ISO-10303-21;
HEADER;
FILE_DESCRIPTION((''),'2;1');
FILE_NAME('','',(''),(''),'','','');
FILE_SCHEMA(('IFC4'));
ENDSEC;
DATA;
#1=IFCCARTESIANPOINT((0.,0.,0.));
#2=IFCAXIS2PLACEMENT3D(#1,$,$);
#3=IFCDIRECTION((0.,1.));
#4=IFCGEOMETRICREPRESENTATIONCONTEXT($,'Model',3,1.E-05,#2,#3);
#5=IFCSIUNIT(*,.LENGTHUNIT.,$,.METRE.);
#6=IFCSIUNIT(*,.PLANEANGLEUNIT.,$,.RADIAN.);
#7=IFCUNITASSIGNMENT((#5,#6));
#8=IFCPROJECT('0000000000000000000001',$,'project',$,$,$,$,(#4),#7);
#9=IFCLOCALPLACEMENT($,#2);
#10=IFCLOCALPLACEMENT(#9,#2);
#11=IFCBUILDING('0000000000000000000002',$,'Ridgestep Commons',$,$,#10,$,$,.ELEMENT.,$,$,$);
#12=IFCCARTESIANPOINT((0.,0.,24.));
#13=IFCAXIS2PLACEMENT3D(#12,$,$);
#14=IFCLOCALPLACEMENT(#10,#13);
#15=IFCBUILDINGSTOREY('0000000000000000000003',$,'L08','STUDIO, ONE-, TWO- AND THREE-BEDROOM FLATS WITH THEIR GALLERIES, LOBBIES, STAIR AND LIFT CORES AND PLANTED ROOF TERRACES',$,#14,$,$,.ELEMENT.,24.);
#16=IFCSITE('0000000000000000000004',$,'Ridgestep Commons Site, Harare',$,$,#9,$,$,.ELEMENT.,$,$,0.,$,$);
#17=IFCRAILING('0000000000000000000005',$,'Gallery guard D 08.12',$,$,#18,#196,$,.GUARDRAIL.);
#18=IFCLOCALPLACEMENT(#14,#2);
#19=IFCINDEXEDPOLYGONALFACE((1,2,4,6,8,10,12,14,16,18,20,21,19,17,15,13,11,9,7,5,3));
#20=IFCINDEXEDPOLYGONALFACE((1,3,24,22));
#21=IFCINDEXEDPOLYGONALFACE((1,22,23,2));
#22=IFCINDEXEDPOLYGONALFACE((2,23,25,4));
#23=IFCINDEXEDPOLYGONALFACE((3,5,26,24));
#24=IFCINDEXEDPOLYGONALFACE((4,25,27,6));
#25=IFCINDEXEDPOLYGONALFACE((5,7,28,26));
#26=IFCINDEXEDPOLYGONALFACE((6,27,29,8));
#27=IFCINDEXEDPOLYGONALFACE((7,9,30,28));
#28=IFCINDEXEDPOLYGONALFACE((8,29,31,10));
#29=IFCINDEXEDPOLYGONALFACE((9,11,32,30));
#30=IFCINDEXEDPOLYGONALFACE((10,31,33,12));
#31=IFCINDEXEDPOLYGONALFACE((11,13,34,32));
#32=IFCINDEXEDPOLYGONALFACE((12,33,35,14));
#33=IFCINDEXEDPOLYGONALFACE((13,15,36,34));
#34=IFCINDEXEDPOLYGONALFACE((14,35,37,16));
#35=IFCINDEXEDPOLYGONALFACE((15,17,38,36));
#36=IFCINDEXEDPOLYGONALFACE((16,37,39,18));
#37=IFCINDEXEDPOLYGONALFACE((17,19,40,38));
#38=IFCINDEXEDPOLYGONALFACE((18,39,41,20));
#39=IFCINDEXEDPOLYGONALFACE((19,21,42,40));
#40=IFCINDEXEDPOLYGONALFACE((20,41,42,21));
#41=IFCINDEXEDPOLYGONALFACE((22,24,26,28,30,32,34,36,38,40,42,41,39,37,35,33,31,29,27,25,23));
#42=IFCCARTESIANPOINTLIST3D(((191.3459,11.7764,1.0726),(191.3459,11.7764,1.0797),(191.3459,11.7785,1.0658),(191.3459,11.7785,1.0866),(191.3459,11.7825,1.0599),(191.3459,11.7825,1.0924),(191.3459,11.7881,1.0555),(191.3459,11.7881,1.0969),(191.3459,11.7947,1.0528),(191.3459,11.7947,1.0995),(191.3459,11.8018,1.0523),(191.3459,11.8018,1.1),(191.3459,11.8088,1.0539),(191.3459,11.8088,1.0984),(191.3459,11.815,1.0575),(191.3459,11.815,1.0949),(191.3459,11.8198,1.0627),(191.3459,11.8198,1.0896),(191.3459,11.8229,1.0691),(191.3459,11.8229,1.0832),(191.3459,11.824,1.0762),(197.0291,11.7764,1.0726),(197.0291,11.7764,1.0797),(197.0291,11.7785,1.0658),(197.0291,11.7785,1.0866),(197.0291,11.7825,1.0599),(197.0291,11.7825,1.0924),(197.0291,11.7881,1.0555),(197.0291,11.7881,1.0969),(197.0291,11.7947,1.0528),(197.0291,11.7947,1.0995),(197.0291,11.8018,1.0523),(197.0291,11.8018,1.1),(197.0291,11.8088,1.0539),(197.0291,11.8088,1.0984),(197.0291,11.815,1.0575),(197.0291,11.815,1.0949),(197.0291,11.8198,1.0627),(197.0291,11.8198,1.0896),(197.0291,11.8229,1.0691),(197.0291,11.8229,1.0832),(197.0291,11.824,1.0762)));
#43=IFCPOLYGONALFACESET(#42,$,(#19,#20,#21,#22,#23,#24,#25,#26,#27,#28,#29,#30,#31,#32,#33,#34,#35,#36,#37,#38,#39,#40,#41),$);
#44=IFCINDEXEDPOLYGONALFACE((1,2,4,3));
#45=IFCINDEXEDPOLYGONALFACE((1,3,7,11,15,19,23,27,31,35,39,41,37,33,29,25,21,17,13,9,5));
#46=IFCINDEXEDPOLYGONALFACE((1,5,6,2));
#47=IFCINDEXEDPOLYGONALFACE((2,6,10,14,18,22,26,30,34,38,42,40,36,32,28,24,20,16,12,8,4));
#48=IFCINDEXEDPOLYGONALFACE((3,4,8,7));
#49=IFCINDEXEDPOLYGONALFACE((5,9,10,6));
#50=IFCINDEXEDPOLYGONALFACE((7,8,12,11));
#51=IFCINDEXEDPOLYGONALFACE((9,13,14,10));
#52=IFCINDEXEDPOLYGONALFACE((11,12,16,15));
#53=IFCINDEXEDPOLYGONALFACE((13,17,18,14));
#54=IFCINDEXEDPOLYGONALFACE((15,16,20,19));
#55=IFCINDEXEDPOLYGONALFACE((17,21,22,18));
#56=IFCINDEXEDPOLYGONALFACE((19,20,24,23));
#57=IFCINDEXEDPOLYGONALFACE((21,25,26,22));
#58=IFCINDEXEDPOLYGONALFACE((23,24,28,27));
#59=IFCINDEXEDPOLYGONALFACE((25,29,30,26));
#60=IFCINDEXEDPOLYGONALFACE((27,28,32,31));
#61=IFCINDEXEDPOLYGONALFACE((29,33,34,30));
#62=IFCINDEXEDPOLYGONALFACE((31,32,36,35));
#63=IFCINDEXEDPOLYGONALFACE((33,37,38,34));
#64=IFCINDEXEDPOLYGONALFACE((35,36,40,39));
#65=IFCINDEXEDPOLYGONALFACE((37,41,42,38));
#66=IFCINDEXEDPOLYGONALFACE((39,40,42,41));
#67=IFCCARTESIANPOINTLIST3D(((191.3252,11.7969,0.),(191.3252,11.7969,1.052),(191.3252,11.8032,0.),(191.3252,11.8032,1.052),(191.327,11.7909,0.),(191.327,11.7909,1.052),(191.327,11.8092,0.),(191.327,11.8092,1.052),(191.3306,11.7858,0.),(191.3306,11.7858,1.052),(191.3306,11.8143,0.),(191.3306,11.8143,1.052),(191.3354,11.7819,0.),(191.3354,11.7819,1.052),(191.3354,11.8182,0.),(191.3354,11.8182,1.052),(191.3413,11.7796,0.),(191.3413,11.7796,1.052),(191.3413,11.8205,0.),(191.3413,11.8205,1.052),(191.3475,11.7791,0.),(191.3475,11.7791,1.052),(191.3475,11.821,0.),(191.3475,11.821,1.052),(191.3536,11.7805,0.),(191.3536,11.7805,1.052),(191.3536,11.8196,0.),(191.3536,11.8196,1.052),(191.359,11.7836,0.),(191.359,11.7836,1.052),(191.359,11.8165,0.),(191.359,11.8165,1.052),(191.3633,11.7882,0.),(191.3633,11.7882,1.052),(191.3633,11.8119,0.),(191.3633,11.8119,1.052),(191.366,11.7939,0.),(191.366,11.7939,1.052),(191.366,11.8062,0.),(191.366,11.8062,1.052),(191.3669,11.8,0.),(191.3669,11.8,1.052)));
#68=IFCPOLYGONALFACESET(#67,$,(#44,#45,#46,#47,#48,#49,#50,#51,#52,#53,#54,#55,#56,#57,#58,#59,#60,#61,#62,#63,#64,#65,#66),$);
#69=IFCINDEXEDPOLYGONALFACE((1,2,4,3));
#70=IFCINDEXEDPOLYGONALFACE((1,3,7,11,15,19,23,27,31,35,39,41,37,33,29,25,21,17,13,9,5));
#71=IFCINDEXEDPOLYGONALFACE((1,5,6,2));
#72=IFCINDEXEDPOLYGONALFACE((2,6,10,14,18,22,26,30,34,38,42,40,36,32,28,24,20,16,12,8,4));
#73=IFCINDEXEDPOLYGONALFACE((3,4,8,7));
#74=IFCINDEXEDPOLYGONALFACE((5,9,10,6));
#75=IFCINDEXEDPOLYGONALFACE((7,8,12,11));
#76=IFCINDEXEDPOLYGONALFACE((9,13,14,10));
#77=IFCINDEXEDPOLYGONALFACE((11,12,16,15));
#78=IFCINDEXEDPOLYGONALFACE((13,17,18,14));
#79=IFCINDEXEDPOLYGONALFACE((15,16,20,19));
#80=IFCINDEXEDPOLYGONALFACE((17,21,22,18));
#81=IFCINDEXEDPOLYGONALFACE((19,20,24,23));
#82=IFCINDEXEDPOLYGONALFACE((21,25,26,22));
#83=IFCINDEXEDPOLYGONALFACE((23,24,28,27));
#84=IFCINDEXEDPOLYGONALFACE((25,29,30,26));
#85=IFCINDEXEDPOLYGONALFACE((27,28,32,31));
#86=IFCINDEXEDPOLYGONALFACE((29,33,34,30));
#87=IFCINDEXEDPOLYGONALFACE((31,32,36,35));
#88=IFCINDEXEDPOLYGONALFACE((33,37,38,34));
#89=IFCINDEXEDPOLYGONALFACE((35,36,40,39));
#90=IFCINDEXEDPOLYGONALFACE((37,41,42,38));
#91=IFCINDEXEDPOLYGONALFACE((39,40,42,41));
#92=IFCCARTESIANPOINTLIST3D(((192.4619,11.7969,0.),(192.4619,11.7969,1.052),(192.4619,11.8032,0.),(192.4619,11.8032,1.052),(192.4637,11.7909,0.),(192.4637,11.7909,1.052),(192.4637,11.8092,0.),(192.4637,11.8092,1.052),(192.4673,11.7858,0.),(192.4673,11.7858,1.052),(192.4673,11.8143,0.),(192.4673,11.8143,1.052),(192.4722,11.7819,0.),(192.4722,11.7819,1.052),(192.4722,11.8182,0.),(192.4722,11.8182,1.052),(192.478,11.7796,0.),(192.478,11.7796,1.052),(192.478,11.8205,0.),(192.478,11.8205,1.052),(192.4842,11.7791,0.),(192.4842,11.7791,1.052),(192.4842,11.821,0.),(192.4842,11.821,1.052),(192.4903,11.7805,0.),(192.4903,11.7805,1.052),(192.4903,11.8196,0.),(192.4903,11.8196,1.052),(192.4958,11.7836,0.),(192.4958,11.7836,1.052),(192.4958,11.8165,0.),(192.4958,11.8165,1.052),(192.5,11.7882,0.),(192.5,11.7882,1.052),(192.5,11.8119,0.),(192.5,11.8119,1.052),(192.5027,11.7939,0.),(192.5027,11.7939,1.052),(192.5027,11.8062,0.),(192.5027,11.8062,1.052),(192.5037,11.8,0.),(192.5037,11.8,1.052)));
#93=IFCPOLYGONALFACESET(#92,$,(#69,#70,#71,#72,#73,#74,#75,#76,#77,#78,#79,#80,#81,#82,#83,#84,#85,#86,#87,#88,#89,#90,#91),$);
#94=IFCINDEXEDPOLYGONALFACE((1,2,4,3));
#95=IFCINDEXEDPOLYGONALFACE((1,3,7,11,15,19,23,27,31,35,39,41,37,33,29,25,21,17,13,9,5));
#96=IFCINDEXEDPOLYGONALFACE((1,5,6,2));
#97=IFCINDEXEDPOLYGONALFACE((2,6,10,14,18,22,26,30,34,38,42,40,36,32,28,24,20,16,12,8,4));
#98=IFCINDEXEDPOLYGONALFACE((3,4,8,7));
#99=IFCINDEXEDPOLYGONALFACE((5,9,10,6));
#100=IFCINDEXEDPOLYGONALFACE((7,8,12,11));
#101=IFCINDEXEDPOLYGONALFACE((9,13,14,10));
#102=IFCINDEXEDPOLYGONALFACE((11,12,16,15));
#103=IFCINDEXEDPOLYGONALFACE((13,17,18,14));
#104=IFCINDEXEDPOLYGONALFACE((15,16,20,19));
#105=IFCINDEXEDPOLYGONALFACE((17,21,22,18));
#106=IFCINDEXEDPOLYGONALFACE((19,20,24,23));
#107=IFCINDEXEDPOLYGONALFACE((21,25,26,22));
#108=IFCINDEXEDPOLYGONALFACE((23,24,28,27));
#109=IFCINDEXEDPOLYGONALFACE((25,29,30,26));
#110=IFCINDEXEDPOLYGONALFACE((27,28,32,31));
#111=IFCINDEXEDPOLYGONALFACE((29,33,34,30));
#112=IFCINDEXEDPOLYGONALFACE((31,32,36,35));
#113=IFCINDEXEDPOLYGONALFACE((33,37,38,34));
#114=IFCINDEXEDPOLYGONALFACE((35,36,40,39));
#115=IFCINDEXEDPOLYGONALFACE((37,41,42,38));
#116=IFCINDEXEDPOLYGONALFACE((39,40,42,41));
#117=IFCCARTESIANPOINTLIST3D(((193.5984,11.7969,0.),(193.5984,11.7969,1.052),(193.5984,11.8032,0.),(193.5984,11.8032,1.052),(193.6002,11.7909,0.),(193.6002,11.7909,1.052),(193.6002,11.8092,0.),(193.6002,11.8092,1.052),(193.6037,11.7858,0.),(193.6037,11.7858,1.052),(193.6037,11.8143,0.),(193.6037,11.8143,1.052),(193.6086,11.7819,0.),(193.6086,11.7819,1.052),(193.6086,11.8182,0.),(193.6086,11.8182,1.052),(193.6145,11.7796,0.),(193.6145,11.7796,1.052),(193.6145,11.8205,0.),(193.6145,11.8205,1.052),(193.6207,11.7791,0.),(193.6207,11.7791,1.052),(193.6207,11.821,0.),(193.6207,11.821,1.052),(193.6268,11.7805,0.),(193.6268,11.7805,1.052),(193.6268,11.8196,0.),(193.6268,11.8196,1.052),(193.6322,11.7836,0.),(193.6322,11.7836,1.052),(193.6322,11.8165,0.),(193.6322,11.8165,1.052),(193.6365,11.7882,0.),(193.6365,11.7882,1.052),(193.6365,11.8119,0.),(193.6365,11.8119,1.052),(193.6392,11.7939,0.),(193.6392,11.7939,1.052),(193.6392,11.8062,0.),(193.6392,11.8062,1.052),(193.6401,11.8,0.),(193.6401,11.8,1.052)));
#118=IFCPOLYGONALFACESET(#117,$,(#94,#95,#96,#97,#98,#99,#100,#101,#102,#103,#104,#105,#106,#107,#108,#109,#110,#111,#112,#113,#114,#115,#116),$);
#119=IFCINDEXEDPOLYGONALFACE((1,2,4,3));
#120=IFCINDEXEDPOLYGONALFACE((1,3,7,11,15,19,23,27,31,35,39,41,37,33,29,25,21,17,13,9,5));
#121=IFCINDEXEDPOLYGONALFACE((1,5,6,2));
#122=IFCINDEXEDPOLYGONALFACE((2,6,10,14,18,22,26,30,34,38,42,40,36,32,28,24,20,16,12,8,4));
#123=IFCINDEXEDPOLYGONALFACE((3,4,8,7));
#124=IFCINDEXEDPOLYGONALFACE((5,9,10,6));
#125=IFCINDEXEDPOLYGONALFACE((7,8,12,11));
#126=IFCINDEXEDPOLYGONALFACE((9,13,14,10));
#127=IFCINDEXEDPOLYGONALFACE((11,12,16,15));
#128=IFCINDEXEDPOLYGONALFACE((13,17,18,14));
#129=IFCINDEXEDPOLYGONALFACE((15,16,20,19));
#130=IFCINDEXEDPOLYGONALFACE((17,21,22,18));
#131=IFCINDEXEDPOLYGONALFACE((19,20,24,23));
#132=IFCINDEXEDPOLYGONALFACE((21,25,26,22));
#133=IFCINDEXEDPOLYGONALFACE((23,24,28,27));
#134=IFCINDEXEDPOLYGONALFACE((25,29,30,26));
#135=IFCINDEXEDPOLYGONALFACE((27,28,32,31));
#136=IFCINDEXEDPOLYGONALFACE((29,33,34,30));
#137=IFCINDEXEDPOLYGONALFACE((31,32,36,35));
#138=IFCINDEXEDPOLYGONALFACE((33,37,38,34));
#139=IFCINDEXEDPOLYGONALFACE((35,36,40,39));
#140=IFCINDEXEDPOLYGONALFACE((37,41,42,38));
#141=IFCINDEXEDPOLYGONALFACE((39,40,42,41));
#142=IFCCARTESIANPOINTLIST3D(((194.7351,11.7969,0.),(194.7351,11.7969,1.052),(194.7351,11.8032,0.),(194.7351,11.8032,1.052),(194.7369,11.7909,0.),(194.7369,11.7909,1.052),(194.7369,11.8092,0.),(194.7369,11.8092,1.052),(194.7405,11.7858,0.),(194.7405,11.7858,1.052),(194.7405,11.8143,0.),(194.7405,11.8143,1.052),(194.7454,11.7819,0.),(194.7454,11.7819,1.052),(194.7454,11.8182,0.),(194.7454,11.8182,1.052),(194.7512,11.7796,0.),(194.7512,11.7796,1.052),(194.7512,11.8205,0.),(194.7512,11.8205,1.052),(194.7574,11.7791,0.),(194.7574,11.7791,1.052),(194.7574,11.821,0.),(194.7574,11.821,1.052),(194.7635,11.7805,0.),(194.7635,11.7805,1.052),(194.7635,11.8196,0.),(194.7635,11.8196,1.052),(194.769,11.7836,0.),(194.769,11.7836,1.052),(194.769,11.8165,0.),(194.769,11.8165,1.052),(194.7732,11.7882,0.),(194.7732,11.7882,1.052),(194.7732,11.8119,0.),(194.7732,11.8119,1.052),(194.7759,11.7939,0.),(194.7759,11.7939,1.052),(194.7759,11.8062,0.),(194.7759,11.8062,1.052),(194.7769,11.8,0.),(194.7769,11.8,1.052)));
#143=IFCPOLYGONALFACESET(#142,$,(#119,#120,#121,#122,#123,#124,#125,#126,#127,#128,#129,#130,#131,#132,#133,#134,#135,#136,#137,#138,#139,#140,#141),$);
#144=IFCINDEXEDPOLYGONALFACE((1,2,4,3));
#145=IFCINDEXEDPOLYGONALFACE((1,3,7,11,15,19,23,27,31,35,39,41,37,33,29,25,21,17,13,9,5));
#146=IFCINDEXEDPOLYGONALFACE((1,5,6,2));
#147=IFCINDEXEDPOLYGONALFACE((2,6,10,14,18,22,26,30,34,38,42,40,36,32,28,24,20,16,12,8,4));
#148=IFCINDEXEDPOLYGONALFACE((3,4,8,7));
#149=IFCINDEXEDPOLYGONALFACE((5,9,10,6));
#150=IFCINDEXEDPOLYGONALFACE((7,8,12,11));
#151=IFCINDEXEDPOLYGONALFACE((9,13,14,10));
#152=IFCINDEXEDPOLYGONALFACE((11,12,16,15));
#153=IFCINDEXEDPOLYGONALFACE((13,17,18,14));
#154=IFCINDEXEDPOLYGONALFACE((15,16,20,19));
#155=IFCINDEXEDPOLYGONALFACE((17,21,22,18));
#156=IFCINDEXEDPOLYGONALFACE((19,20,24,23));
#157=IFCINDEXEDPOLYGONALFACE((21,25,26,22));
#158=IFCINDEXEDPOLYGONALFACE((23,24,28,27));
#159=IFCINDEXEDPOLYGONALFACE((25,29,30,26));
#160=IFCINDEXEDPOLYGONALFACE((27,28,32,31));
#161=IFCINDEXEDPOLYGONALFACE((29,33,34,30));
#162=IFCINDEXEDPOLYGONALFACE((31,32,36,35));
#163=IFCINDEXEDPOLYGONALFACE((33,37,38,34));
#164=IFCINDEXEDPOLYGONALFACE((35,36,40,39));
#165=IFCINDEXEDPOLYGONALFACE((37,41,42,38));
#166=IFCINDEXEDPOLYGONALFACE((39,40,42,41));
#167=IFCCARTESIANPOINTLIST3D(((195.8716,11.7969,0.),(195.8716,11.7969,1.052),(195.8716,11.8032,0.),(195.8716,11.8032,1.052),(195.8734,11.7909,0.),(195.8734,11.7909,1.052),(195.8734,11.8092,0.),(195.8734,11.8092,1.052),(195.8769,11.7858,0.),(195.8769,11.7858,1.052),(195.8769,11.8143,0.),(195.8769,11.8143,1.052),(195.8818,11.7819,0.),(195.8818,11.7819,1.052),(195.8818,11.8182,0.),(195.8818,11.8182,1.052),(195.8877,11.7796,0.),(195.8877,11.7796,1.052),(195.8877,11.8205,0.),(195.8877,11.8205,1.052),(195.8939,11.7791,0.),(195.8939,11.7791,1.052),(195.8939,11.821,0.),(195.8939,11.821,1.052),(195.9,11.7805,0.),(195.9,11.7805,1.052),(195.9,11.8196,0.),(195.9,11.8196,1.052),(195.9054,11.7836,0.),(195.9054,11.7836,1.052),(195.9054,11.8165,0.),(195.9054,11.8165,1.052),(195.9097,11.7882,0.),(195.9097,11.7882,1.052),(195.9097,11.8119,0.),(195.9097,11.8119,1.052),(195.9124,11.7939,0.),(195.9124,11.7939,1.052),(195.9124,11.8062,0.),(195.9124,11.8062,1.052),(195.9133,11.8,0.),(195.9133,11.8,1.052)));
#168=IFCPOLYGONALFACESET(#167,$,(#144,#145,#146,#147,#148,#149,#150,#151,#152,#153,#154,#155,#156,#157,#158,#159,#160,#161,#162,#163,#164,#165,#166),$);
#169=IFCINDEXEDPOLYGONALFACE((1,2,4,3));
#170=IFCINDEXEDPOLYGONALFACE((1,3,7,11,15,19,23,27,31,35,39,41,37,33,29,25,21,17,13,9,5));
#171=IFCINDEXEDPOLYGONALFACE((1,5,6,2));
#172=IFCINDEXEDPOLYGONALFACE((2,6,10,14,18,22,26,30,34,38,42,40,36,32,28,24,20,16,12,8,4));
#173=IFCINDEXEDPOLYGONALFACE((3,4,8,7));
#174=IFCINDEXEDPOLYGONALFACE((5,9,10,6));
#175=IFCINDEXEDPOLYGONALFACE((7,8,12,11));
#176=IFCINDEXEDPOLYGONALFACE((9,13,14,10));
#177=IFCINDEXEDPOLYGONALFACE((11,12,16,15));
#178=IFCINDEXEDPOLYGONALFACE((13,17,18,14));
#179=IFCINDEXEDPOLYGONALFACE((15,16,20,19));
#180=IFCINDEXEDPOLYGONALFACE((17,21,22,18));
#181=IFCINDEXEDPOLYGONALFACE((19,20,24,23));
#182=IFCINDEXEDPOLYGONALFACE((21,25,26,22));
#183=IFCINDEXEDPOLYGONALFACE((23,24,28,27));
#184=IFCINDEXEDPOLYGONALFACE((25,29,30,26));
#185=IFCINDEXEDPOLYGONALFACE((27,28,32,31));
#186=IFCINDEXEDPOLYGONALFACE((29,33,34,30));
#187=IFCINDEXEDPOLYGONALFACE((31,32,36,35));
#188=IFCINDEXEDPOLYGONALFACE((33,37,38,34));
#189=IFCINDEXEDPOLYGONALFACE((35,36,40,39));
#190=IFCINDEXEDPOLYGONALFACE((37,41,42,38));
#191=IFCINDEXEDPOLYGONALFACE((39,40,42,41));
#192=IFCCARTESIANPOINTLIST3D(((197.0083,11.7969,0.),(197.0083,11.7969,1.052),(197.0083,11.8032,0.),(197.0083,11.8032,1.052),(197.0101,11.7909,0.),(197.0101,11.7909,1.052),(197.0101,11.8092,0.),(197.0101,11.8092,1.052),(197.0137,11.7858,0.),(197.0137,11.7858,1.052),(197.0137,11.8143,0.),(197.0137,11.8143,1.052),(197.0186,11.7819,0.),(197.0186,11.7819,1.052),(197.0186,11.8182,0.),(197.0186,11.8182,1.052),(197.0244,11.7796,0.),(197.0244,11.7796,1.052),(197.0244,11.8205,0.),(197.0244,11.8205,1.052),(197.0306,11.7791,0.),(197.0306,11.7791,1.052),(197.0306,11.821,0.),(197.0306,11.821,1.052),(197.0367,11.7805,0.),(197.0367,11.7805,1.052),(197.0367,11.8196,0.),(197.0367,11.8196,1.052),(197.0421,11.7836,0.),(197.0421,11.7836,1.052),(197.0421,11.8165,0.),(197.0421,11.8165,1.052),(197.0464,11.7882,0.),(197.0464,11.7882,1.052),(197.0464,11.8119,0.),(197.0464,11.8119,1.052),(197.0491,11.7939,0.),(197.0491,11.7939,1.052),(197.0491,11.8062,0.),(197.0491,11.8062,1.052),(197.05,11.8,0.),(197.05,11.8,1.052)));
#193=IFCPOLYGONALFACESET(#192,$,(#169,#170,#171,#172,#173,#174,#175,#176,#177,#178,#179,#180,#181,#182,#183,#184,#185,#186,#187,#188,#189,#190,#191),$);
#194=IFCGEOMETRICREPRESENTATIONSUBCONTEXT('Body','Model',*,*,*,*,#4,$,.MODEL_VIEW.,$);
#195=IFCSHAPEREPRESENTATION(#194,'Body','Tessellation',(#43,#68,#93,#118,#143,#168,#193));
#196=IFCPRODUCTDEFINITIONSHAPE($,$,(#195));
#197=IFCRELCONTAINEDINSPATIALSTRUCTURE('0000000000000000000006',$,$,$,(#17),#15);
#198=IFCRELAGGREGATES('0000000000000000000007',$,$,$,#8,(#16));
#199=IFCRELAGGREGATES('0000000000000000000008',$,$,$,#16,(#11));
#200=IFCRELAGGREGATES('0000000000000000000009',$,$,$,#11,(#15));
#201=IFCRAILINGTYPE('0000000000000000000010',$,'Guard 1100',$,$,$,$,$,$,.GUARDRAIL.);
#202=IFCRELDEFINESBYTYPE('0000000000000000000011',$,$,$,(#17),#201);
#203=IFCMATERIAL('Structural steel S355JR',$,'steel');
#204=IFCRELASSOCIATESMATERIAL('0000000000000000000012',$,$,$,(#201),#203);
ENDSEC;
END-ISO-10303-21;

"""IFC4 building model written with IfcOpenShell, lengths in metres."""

from ifc_helpers import new_model, si_unit, direction, frame, origin, origin_2d, place, context, subcontext, project, spatial, circle, extrude, material, type_object, element, save


model = new_model("IFC4")

# Units and contexts
model_context = context("Model", 3, precision=1e-05, world=origin(), true_north=direction((0.0, 1.0)))
body_context = subcontext(model_context, "Body", "Model", "MODEL_VIEW")
ifc_project = project(units=[si_unit("LENGTHUNIT", "METRE"), si_unit("PLANEANGLEUNIT", "RADIAN")], contexts=[model_context])

# Site, building, storey
site_placement = place(None, origin())
site = spatial("IfcSite", under=ifc_project, at=site_placement, Name="Ridgestep Commons Site, Harare", CompositionType="ELEMENT", RefElevation=0.0)
building_placement = place(site_placement, origin())
building = spatial("IfcBuilding", under=site, at=building_placement, Name="Ridgestep Commons", CompositionType="ELEMENT")
storey_placement = place(building_placement, frame((0.0, 0.0, 24.0)))
storey = spatial("IfcBuildingStorey", under=building, at=storey_placement, Name="L08", Description="STUDIO, ONE-, TWO- AND THREE-BEDROOM FLATS WITH THEIR GALLERIES, LOBBIES, STAIR AND LIFT CORES AND PLANTED ROOF TERRACES", CompositionType="ELEMENT", Elevation=24.0)

# Railing
ifc_material_1 = material(Name="Structural steel S355JR", Category="steel")
railing_type_1 = type_object("IfcRailingType", Name="Guard 1100", PredefinedType="GUARDRAIL", material=ifc_material_1)
railing_1_placement = place(storey_placement, frame((191.3459, 11.8, 0.0)))
element("IfcRailing", 1, at=railing_1_placement, inside=storey, type_object=railing_type_1, Name="Gallery guard D 08.12", PredefinedType="GUARDRAIL", context=body_context, shape_type="SweptSolid", body=[
    extrude(circle(Radius=0.0239, at=origin_2d()), frame((0.0, 0.0, 1.0762), z_axis=(1.0, 0.0, 0.0), x_axis=(0.0, 1.0, 0.0)), (0.0, 0.0, 1.0), 5.6831),
    extrude(circle(Radius=0.021, at=origin_2d()), origin(), (0.0, 0.0, 1.0), 1.052),
    extrude(circle(Radius=0.021, at=origin_2d()), frame((1.1367, 0.0, 0.0)), (0.0, 0.0, 1.0), 1.052),
    extrude(circle(Radius=0.021, at=origin_2d()), frame((2.2732, 0.0, 0.0)), (0.0, 0.0, 1.0), 1.052),
    extrude(circle(Radius=0.021, at=origin_2d()), frame((3.4099, 0.0, 0.0)), (0.0, 0.0, 1.0), 1.052),
    extrude(circle(Radius=0.021, at=origin_2d()), frame((4.5464, 0.0, 0.0)), (0.0, 0.0, 1.0), 1.052),
    extrude(circle(Radius=0.021, at=origin_2d()), frame((5.6831, 0.0, 0.0)), (0.0, 0.0, 1.0), 1.052),
])

save(model, "model.ifc")
